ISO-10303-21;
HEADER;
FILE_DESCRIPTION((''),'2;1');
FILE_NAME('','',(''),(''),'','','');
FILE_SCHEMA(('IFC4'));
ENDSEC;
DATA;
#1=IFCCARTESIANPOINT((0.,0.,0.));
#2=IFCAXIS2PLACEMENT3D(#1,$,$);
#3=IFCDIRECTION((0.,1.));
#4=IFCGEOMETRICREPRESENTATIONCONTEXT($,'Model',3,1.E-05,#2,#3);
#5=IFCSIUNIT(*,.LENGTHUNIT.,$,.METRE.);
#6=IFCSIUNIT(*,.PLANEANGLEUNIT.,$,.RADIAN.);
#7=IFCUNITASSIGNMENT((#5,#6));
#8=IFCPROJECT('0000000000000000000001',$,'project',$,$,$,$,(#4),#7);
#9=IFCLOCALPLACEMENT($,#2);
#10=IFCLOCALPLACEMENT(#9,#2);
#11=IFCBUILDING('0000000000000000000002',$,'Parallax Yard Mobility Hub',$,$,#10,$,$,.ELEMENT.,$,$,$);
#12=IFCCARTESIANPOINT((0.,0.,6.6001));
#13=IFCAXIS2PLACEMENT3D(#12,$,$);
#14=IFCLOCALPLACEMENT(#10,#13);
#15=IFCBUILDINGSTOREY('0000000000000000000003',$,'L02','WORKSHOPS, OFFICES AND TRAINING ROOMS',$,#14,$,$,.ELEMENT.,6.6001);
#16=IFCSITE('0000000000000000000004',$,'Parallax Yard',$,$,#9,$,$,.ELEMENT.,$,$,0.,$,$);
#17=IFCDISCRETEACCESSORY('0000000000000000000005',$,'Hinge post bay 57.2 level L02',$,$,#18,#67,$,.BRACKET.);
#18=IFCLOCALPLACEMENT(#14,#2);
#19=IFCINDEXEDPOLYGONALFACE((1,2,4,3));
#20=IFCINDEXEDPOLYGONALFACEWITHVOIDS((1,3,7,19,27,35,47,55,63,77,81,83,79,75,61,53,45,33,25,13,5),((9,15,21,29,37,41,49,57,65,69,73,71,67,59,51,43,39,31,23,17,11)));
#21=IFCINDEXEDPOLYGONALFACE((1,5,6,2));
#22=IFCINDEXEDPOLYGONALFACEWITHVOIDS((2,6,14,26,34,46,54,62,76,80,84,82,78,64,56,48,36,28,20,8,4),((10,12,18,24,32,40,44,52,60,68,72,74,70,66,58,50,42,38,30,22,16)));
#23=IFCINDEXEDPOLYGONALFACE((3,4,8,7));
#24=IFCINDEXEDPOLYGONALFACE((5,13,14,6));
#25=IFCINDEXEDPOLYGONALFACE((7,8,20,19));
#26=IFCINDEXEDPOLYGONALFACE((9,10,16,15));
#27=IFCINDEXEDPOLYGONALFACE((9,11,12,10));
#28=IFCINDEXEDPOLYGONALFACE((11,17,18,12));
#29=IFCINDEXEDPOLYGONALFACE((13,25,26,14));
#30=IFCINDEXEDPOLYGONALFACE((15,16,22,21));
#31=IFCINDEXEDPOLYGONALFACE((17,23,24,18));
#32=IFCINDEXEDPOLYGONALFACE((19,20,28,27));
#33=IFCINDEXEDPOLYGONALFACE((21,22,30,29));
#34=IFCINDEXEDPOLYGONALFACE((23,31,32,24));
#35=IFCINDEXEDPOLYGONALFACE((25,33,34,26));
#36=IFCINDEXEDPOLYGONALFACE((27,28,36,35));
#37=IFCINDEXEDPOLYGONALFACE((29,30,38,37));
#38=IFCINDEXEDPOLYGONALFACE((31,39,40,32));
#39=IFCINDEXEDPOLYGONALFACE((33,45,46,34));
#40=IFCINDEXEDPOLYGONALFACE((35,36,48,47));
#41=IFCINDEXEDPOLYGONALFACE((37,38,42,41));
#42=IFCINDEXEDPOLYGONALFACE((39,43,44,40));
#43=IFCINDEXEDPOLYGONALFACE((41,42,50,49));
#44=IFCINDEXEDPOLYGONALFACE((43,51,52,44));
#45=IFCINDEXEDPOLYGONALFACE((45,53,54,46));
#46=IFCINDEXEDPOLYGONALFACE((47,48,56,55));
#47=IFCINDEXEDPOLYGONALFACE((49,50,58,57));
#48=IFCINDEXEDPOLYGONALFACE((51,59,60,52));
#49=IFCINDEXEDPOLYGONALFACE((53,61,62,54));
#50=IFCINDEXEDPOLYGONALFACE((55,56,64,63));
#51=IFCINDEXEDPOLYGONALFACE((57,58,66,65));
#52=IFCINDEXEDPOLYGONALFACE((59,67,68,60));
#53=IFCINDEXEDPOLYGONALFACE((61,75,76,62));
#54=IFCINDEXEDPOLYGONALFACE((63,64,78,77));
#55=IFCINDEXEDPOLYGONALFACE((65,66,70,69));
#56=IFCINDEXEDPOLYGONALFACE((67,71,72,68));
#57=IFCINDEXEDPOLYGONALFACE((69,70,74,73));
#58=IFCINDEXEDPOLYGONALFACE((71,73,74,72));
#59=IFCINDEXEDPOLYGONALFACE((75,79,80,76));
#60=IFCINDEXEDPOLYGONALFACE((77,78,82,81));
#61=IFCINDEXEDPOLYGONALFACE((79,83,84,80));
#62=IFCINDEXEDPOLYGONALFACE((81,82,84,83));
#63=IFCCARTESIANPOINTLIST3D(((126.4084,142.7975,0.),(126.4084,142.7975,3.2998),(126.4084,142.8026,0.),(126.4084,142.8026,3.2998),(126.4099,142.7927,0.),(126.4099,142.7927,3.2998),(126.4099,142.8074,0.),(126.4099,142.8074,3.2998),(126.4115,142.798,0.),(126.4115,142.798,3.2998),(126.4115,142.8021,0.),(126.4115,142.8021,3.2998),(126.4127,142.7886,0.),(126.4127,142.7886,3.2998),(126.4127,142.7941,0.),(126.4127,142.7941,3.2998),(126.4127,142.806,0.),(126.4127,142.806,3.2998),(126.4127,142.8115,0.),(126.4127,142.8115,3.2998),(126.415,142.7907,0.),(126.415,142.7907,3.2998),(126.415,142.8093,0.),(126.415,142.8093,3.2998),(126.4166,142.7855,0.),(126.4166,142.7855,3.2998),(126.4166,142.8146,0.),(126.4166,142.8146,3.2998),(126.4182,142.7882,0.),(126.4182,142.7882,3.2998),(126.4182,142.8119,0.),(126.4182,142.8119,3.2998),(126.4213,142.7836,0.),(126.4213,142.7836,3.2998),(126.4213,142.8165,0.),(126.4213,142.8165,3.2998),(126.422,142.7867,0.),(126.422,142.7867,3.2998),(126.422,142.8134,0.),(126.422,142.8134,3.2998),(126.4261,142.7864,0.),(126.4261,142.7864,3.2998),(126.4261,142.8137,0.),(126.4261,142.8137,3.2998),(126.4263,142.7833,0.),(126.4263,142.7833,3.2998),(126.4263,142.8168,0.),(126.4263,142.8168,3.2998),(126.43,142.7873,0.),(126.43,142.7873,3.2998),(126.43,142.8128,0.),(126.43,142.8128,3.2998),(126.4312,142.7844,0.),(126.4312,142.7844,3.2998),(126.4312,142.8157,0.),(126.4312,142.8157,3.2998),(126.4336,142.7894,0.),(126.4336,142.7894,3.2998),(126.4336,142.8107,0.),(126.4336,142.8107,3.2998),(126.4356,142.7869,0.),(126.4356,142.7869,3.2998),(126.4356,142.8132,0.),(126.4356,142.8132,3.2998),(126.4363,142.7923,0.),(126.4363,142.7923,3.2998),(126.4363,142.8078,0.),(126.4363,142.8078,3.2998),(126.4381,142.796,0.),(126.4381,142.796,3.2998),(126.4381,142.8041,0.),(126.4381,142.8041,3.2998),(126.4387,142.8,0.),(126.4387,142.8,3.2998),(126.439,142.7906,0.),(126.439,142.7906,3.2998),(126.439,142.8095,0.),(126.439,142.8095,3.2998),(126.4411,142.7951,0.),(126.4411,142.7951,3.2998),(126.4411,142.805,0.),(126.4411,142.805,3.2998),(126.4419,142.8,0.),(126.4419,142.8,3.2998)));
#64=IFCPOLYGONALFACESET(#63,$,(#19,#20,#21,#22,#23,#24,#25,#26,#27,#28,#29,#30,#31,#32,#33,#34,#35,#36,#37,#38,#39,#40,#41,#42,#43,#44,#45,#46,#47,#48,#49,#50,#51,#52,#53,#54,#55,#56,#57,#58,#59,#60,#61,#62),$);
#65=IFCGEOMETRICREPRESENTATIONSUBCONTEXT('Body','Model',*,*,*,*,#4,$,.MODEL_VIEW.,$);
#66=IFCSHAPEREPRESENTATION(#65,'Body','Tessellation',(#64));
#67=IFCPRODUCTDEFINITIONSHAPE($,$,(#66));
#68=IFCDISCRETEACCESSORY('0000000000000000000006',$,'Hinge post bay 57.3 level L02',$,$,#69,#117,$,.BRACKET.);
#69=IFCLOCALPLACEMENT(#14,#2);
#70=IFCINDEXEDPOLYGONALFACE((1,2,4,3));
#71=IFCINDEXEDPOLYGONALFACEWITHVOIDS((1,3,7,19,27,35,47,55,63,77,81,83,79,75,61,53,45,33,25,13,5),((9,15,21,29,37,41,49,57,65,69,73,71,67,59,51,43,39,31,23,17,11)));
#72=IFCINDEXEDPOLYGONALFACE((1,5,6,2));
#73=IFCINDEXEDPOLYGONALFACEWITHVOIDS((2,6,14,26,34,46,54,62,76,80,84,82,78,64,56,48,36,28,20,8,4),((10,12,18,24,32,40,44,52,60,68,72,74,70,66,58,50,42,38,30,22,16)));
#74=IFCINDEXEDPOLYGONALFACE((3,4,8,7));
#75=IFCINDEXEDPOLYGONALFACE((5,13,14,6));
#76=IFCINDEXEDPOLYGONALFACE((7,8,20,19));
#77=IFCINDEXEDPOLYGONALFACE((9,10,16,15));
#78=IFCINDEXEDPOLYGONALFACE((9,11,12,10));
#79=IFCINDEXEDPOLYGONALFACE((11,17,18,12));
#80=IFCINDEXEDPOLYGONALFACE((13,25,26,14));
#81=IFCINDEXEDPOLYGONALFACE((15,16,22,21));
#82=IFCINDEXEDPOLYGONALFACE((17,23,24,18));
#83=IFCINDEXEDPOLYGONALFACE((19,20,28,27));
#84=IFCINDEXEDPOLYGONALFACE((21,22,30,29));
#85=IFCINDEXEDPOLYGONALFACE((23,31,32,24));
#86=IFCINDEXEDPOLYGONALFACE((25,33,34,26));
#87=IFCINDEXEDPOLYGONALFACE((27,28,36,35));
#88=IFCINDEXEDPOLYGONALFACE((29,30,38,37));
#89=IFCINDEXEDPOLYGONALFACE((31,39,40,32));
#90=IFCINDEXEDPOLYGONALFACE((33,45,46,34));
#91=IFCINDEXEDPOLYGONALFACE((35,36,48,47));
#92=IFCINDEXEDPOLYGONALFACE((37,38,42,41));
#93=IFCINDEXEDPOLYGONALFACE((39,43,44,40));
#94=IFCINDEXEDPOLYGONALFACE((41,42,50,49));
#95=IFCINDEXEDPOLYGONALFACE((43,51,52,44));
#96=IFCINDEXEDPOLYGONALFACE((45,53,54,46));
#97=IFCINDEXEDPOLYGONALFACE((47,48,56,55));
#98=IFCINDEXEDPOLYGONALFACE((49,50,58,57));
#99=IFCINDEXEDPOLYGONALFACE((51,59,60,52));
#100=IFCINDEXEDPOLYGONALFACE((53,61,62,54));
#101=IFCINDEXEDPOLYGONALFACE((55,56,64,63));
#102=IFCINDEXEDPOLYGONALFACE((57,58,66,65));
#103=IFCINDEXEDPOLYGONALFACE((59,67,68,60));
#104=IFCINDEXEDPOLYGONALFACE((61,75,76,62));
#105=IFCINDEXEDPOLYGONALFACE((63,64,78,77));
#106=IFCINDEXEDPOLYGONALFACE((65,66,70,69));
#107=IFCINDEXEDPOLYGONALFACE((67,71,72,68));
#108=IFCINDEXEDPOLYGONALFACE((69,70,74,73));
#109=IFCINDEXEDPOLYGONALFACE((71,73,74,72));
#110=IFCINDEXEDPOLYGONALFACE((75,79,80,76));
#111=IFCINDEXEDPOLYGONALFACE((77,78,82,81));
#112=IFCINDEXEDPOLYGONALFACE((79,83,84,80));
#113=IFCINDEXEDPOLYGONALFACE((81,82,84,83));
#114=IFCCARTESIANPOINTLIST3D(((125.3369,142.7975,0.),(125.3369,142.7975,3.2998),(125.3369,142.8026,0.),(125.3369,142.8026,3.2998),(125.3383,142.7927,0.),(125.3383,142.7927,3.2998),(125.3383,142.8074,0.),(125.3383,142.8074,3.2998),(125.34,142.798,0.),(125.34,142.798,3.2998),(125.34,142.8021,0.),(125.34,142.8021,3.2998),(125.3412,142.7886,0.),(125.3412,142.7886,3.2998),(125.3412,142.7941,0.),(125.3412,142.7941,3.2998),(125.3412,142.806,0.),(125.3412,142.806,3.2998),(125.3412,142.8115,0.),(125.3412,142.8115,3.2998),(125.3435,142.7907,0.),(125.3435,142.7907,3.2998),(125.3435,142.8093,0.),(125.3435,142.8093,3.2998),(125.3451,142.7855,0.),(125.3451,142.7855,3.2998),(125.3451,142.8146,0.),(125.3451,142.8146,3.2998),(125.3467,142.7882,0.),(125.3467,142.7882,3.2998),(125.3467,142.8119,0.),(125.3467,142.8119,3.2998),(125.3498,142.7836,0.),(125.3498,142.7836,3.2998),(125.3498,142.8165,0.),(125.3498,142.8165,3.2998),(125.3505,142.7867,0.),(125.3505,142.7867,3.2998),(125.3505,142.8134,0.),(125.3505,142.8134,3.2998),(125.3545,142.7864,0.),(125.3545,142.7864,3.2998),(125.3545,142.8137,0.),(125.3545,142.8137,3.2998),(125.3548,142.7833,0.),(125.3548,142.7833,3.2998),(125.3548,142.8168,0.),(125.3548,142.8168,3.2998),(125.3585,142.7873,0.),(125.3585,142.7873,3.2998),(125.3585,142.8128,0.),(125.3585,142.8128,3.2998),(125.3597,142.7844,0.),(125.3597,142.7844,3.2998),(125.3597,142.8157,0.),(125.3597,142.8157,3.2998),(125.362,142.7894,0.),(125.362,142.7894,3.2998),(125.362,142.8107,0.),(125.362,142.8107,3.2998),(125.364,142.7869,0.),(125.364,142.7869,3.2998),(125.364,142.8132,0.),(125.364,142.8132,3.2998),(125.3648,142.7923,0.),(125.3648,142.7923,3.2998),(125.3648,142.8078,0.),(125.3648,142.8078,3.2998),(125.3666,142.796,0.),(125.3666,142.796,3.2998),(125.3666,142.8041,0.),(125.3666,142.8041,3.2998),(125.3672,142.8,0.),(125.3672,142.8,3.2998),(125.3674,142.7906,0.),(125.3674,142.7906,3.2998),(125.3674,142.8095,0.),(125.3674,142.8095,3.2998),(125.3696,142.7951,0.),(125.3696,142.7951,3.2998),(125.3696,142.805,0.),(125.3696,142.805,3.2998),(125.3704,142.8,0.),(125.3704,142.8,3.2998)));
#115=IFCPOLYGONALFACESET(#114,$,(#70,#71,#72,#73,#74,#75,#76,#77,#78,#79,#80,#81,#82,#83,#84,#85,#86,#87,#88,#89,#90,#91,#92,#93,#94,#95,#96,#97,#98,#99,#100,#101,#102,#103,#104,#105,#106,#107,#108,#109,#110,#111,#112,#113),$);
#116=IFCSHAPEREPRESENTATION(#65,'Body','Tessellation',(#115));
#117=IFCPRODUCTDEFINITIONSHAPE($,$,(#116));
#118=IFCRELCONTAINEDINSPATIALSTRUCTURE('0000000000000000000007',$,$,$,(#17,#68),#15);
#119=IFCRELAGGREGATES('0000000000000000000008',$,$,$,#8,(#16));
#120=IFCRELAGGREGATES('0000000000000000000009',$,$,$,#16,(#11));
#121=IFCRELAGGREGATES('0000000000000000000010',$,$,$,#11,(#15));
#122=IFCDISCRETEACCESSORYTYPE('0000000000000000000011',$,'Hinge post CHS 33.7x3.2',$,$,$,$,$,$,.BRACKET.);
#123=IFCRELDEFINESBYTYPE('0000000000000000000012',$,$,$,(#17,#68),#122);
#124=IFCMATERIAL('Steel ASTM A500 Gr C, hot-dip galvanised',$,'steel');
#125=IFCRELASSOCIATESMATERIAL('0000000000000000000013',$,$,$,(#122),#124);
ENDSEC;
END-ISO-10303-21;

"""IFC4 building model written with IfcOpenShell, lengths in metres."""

from ifc_helpers import new_model, si_unit, direction, frame, origin, origin_2d, place, context, subcontext, project, spatial, hollow_circle, extrude, material, material_profile, profile_set, type_object, element, save


model = new_model("IFC4")

# Units and contexts
model_context = context("Model", 3, precision=1e-05, world=origin(), true_north=direction((0.0, 1.0)))
body_context = subcontext(model_context, "Body", "Model", "MODEL_VIEW")
ifc_project = project(units=[si_unit("LENGTHUNIT", "METRE"), si_unit("PLANEANGLEUNIT", "RADIAN")], contexts=[model_context])

# Site, building, storey
site_placement = place(None, origin())
site = spatial("IfcSite", under=ifc_project, at=site_placement, Name="Parallax Yard", CompositionType="ELEMENT", RefElevation=0.0)
building_placement = place(site_placement, origin())
building = spatial("IfcBuilding", under=site, at=building_placement, Name="Parallax Yard Mobility Hub", CompositionType="ELEMENT")
storey_placement = place(building_placement, frame((0.0, 0.0, 6.6001)))
storey = spatial("IfcBuildingStorey", under=building, at=storey_placement, Name="L02", Description="WORKSHOPS, OFFICES AND TRAINING ROOMS", CompositionType="ELEMENT", Elevation=6.6001)

# Discrete accessories
ifc_material_1 = material(Name="Steel ASTM A500 Gr C, hot-dip galvanised", Category="steel")
ifc_material_profile = material_profile(ifc_material_1, hollow_circle(Radius=0.0168, WallThickness=0.0032, at=origin_2d()), Name="CHS 33.7x3.2")
ifc_profile_set = profile_set([ifc_material_profile], Name="Steel ASTM A500 Gr C, hot-dip galvanised")
discrete_accessory_type_1 = type_object("IfcDiscreteAccessoryType", Name="Hinge post CHS 33.7x3.2", PredefinedType="BRACKET", material=ifc_profile_set)
for number, where, z_axis, x_axis, name in (
    (1, (126.425, 142.8, 0.0), (0.0, 0.0, 1.0), (1.0, 0.0, 0.0), "Hinge post bay 57.2 level L02"),
    (2, (125.3535, 142.8, 0.0), (0.0, 0.0, 1.0), (1.0, 0.0, 0.0), "Hinge post bay 57.3 level L02"),
):
    element("IfcDiscreteAccessory", number, at=place(storey_placement, frame(where, z_axis=z_axis, x_axis=x_axis)), inside=storey, type_object=discrete_accessory_type_1, Name=name, PredefinedType="BRACKET", context=body_context, shape_type="SweptSolid", body=[
        extrude(hollow_circle(Radius=0.0168, WallThickness=0.0032, at=origin_2d()), origin(), (0.0, 0.0, 1.0), 3.2998),
    ])

save(model, "model.ifc")
